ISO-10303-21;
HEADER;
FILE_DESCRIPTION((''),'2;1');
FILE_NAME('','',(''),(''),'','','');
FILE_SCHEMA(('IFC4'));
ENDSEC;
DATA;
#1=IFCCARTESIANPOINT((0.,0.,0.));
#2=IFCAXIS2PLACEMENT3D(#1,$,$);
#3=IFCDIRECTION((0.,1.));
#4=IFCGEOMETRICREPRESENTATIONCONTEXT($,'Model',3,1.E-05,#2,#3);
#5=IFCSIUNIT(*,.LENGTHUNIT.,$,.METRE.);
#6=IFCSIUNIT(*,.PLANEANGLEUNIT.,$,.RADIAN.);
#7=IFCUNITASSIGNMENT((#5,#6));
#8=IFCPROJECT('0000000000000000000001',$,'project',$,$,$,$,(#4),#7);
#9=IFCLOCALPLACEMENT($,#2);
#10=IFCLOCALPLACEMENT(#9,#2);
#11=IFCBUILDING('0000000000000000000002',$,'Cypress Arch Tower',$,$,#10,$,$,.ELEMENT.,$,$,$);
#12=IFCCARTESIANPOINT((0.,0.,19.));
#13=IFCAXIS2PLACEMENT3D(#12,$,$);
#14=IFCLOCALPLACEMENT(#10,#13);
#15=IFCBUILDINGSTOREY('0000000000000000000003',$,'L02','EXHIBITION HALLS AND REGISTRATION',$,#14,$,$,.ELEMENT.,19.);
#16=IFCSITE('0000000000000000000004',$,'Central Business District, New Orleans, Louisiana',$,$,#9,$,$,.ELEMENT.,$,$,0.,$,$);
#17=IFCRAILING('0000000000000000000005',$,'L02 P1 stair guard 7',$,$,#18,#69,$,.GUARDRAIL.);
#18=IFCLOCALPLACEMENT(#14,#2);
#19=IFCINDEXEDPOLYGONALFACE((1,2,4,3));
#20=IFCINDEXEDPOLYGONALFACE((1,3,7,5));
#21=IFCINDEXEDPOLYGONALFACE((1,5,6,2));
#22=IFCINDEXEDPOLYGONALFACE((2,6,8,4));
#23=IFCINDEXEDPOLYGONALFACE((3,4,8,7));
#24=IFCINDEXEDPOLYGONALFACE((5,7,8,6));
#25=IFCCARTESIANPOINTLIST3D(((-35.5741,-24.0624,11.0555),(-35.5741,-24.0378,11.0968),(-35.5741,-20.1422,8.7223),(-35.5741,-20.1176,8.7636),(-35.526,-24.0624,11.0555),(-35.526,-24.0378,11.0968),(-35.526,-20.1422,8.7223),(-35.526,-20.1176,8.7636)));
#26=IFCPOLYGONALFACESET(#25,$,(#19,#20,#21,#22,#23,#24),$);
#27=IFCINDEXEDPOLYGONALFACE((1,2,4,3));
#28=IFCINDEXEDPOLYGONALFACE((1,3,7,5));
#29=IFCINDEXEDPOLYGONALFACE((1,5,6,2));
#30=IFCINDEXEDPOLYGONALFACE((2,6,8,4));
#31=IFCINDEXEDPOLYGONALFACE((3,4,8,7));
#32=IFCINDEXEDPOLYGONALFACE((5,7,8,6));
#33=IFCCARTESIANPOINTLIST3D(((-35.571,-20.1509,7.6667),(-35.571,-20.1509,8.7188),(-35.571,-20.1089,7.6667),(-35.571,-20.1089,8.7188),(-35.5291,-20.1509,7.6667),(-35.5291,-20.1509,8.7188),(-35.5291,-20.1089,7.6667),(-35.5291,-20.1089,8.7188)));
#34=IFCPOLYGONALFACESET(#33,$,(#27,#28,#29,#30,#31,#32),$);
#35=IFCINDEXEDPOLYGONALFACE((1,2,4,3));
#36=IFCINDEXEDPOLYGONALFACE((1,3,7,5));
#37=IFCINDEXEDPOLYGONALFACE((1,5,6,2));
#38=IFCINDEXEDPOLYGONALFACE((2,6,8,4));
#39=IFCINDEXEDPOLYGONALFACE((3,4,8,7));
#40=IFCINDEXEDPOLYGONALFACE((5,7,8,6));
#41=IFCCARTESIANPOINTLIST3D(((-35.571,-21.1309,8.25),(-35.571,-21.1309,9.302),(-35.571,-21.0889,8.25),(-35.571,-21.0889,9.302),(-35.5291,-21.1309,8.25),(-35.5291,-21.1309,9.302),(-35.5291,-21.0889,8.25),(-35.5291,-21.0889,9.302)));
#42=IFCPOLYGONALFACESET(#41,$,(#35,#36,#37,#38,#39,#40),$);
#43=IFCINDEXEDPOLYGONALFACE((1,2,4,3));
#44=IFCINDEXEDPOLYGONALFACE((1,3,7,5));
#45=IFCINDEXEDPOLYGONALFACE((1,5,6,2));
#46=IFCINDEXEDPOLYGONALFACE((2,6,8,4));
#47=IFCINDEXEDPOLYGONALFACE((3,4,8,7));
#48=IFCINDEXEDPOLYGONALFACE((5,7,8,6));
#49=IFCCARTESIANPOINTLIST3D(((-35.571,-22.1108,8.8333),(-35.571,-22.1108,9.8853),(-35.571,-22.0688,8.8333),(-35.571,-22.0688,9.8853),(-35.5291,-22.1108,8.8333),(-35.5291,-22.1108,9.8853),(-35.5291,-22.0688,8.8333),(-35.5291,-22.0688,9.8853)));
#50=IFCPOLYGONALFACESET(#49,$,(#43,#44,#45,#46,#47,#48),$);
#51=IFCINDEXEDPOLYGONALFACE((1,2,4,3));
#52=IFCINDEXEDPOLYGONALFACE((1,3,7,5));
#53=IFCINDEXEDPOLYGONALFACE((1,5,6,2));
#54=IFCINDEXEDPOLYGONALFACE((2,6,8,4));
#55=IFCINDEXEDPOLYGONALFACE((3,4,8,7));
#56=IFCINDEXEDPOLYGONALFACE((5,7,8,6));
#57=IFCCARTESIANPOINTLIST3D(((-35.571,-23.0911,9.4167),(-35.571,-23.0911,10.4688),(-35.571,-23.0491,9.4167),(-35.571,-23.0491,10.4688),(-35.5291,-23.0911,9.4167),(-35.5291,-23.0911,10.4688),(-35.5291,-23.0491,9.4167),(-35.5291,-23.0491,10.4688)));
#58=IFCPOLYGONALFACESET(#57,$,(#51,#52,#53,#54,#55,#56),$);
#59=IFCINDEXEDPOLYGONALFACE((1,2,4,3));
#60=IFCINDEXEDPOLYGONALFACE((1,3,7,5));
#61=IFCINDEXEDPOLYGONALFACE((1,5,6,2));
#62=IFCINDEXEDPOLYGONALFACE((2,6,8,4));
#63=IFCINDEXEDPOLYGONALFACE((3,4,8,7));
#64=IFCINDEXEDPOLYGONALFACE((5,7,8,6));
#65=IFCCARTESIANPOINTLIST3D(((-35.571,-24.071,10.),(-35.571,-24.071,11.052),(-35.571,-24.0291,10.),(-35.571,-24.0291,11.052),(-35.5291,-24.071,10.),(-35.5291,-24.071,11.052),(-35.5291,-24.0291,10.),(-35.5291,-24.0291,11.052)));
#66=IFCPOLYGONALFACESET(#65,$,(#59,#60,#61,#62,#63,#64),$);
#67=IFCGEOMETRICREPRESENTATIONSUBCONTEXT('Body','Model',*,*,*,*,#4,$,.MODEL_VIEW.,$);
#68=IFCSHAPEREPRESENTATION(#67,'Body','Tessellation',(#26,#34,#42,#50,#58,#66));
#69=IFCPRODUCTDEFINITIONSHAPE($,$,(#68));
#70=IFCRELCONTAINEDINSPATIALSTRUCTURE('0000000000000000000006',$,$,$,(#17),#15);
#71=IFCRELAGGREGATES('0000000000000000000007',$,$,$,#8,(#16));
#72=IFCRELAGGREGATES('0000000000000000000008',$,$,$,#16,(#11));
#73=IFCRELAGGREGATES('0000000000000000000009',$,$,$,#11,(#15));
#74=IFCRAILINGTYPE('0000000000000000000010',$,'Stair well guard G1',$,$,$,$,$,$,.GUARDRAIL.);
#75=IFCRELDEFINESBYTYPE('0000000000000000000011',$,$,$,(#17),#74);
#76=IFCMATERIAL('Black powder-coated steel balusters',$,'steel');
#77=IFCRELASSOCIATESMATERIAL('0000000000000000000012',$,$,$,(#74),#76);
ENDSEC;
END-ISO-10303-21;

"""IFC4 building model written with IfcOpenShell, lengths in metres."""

from ifc_helpers import new_model, si_unit, direction, frame, origin, origin_2d, place, context, subcontext, project, spatial, rectangle, extrude, material, type_object, element, save


model = new_model("IFC4")

# Units and contexts
model_context = context("Model", 3, precision=1e-05, world=origin(), true_north=direction((0.0, 1.0)))
body_context = subcontext(model_context, "Body", "Model", "MODEL_VIEW")
ifc_project = project(units=[si_unit("LENGTHUNIT", "METRE"), si_unit("PLANEANGLEUNIT", "RADIAN")], contexts=[model_context])

# Site, building, storey
site_placement = place(None, origin())
site = spatial("IfcSite", under=ifc_project, at=site_placement, Name="Central Business District, New Orleans, Louisiana", CompositionType="ELEMENT", RefElevation=0.0)
building_placement = place(site_placement, origin())
building = spatial("IfcBuilding", under=site, at=building_placement, Name="Cypress Arch Tower", CompositionType="ELEMENT")
storey_placement = place(building_placement, frame((0.0, 0.0, 19.0)))
storey = spatial("IfcBuildingStorey", under=building, at=storey_placement, Name="L02", Description="EXHIBITION HALLS AND REGISTRATION", CompositionType="ELEMENT", Elevation=19.0)

# Railing
ifc_material_1 = material(Name="Black powder-coated steel balusters", Category="steel")
railing_type_1 = type_object("IfcRailingType", Name="Stair well guard G1", PredefinedType="GUARDRAIL", material=ifc_material_1)
railing_1_placement = place(storey_placement, frame((-35.55, -20.1299, 7.6667)))
element("IfcRailing", 1, at=railing_1_placement, inside=storey, type_object=railing_type_1, Name="L02 P1 stair guard 7", PredefinedType="GUARDRAIL", context=body_context, shape_type="SweptSolid", body=[
    extrude(rectangle(XDim=0.0481, YDim=0.0481, at=origin_2d()), frame((0.0, 0.0, 1.0762), z_axis=(0.0, -0.85931, 0.511455), x_axis=(1.0, 0.0, 0.0)), (0.0, 0.0, 1.0), 4.562),
    extrude(rectangle(XDim=0.042, YDim=0.042, at=origin_2d()), origin(), (0.0, 0.0, 1.0), 1.052),
    extrude(rectangle(XDim=0.042, YDim=0.042, at=origin_2d()), frame((0.0, -0.98, 0.5833)), (0.0, 0.0, 1.0), 1.052),
    extrude(rectangle(XDim=0.042, YDim=0.042, at=origin_2d()), frame((0.0, -1.96, 1.1665)), (0.0, 0.0, 1.0), 1.052),
    extrude(rectangle(XDim=0.042, YDim=0.042, at=origin_2d()), frame((0.0, -2.9402, 1.75)), (0.0, 0.0, 1.0), 1.052),
    extrude(rectangle(XDim=0.042, YDim=0.042, at=origin_2d()), frame((0.0, -3.9202, 2.3333)), (0.0, 0.0, 1.0), 1.052),
])

save(model, "model.ifc")
